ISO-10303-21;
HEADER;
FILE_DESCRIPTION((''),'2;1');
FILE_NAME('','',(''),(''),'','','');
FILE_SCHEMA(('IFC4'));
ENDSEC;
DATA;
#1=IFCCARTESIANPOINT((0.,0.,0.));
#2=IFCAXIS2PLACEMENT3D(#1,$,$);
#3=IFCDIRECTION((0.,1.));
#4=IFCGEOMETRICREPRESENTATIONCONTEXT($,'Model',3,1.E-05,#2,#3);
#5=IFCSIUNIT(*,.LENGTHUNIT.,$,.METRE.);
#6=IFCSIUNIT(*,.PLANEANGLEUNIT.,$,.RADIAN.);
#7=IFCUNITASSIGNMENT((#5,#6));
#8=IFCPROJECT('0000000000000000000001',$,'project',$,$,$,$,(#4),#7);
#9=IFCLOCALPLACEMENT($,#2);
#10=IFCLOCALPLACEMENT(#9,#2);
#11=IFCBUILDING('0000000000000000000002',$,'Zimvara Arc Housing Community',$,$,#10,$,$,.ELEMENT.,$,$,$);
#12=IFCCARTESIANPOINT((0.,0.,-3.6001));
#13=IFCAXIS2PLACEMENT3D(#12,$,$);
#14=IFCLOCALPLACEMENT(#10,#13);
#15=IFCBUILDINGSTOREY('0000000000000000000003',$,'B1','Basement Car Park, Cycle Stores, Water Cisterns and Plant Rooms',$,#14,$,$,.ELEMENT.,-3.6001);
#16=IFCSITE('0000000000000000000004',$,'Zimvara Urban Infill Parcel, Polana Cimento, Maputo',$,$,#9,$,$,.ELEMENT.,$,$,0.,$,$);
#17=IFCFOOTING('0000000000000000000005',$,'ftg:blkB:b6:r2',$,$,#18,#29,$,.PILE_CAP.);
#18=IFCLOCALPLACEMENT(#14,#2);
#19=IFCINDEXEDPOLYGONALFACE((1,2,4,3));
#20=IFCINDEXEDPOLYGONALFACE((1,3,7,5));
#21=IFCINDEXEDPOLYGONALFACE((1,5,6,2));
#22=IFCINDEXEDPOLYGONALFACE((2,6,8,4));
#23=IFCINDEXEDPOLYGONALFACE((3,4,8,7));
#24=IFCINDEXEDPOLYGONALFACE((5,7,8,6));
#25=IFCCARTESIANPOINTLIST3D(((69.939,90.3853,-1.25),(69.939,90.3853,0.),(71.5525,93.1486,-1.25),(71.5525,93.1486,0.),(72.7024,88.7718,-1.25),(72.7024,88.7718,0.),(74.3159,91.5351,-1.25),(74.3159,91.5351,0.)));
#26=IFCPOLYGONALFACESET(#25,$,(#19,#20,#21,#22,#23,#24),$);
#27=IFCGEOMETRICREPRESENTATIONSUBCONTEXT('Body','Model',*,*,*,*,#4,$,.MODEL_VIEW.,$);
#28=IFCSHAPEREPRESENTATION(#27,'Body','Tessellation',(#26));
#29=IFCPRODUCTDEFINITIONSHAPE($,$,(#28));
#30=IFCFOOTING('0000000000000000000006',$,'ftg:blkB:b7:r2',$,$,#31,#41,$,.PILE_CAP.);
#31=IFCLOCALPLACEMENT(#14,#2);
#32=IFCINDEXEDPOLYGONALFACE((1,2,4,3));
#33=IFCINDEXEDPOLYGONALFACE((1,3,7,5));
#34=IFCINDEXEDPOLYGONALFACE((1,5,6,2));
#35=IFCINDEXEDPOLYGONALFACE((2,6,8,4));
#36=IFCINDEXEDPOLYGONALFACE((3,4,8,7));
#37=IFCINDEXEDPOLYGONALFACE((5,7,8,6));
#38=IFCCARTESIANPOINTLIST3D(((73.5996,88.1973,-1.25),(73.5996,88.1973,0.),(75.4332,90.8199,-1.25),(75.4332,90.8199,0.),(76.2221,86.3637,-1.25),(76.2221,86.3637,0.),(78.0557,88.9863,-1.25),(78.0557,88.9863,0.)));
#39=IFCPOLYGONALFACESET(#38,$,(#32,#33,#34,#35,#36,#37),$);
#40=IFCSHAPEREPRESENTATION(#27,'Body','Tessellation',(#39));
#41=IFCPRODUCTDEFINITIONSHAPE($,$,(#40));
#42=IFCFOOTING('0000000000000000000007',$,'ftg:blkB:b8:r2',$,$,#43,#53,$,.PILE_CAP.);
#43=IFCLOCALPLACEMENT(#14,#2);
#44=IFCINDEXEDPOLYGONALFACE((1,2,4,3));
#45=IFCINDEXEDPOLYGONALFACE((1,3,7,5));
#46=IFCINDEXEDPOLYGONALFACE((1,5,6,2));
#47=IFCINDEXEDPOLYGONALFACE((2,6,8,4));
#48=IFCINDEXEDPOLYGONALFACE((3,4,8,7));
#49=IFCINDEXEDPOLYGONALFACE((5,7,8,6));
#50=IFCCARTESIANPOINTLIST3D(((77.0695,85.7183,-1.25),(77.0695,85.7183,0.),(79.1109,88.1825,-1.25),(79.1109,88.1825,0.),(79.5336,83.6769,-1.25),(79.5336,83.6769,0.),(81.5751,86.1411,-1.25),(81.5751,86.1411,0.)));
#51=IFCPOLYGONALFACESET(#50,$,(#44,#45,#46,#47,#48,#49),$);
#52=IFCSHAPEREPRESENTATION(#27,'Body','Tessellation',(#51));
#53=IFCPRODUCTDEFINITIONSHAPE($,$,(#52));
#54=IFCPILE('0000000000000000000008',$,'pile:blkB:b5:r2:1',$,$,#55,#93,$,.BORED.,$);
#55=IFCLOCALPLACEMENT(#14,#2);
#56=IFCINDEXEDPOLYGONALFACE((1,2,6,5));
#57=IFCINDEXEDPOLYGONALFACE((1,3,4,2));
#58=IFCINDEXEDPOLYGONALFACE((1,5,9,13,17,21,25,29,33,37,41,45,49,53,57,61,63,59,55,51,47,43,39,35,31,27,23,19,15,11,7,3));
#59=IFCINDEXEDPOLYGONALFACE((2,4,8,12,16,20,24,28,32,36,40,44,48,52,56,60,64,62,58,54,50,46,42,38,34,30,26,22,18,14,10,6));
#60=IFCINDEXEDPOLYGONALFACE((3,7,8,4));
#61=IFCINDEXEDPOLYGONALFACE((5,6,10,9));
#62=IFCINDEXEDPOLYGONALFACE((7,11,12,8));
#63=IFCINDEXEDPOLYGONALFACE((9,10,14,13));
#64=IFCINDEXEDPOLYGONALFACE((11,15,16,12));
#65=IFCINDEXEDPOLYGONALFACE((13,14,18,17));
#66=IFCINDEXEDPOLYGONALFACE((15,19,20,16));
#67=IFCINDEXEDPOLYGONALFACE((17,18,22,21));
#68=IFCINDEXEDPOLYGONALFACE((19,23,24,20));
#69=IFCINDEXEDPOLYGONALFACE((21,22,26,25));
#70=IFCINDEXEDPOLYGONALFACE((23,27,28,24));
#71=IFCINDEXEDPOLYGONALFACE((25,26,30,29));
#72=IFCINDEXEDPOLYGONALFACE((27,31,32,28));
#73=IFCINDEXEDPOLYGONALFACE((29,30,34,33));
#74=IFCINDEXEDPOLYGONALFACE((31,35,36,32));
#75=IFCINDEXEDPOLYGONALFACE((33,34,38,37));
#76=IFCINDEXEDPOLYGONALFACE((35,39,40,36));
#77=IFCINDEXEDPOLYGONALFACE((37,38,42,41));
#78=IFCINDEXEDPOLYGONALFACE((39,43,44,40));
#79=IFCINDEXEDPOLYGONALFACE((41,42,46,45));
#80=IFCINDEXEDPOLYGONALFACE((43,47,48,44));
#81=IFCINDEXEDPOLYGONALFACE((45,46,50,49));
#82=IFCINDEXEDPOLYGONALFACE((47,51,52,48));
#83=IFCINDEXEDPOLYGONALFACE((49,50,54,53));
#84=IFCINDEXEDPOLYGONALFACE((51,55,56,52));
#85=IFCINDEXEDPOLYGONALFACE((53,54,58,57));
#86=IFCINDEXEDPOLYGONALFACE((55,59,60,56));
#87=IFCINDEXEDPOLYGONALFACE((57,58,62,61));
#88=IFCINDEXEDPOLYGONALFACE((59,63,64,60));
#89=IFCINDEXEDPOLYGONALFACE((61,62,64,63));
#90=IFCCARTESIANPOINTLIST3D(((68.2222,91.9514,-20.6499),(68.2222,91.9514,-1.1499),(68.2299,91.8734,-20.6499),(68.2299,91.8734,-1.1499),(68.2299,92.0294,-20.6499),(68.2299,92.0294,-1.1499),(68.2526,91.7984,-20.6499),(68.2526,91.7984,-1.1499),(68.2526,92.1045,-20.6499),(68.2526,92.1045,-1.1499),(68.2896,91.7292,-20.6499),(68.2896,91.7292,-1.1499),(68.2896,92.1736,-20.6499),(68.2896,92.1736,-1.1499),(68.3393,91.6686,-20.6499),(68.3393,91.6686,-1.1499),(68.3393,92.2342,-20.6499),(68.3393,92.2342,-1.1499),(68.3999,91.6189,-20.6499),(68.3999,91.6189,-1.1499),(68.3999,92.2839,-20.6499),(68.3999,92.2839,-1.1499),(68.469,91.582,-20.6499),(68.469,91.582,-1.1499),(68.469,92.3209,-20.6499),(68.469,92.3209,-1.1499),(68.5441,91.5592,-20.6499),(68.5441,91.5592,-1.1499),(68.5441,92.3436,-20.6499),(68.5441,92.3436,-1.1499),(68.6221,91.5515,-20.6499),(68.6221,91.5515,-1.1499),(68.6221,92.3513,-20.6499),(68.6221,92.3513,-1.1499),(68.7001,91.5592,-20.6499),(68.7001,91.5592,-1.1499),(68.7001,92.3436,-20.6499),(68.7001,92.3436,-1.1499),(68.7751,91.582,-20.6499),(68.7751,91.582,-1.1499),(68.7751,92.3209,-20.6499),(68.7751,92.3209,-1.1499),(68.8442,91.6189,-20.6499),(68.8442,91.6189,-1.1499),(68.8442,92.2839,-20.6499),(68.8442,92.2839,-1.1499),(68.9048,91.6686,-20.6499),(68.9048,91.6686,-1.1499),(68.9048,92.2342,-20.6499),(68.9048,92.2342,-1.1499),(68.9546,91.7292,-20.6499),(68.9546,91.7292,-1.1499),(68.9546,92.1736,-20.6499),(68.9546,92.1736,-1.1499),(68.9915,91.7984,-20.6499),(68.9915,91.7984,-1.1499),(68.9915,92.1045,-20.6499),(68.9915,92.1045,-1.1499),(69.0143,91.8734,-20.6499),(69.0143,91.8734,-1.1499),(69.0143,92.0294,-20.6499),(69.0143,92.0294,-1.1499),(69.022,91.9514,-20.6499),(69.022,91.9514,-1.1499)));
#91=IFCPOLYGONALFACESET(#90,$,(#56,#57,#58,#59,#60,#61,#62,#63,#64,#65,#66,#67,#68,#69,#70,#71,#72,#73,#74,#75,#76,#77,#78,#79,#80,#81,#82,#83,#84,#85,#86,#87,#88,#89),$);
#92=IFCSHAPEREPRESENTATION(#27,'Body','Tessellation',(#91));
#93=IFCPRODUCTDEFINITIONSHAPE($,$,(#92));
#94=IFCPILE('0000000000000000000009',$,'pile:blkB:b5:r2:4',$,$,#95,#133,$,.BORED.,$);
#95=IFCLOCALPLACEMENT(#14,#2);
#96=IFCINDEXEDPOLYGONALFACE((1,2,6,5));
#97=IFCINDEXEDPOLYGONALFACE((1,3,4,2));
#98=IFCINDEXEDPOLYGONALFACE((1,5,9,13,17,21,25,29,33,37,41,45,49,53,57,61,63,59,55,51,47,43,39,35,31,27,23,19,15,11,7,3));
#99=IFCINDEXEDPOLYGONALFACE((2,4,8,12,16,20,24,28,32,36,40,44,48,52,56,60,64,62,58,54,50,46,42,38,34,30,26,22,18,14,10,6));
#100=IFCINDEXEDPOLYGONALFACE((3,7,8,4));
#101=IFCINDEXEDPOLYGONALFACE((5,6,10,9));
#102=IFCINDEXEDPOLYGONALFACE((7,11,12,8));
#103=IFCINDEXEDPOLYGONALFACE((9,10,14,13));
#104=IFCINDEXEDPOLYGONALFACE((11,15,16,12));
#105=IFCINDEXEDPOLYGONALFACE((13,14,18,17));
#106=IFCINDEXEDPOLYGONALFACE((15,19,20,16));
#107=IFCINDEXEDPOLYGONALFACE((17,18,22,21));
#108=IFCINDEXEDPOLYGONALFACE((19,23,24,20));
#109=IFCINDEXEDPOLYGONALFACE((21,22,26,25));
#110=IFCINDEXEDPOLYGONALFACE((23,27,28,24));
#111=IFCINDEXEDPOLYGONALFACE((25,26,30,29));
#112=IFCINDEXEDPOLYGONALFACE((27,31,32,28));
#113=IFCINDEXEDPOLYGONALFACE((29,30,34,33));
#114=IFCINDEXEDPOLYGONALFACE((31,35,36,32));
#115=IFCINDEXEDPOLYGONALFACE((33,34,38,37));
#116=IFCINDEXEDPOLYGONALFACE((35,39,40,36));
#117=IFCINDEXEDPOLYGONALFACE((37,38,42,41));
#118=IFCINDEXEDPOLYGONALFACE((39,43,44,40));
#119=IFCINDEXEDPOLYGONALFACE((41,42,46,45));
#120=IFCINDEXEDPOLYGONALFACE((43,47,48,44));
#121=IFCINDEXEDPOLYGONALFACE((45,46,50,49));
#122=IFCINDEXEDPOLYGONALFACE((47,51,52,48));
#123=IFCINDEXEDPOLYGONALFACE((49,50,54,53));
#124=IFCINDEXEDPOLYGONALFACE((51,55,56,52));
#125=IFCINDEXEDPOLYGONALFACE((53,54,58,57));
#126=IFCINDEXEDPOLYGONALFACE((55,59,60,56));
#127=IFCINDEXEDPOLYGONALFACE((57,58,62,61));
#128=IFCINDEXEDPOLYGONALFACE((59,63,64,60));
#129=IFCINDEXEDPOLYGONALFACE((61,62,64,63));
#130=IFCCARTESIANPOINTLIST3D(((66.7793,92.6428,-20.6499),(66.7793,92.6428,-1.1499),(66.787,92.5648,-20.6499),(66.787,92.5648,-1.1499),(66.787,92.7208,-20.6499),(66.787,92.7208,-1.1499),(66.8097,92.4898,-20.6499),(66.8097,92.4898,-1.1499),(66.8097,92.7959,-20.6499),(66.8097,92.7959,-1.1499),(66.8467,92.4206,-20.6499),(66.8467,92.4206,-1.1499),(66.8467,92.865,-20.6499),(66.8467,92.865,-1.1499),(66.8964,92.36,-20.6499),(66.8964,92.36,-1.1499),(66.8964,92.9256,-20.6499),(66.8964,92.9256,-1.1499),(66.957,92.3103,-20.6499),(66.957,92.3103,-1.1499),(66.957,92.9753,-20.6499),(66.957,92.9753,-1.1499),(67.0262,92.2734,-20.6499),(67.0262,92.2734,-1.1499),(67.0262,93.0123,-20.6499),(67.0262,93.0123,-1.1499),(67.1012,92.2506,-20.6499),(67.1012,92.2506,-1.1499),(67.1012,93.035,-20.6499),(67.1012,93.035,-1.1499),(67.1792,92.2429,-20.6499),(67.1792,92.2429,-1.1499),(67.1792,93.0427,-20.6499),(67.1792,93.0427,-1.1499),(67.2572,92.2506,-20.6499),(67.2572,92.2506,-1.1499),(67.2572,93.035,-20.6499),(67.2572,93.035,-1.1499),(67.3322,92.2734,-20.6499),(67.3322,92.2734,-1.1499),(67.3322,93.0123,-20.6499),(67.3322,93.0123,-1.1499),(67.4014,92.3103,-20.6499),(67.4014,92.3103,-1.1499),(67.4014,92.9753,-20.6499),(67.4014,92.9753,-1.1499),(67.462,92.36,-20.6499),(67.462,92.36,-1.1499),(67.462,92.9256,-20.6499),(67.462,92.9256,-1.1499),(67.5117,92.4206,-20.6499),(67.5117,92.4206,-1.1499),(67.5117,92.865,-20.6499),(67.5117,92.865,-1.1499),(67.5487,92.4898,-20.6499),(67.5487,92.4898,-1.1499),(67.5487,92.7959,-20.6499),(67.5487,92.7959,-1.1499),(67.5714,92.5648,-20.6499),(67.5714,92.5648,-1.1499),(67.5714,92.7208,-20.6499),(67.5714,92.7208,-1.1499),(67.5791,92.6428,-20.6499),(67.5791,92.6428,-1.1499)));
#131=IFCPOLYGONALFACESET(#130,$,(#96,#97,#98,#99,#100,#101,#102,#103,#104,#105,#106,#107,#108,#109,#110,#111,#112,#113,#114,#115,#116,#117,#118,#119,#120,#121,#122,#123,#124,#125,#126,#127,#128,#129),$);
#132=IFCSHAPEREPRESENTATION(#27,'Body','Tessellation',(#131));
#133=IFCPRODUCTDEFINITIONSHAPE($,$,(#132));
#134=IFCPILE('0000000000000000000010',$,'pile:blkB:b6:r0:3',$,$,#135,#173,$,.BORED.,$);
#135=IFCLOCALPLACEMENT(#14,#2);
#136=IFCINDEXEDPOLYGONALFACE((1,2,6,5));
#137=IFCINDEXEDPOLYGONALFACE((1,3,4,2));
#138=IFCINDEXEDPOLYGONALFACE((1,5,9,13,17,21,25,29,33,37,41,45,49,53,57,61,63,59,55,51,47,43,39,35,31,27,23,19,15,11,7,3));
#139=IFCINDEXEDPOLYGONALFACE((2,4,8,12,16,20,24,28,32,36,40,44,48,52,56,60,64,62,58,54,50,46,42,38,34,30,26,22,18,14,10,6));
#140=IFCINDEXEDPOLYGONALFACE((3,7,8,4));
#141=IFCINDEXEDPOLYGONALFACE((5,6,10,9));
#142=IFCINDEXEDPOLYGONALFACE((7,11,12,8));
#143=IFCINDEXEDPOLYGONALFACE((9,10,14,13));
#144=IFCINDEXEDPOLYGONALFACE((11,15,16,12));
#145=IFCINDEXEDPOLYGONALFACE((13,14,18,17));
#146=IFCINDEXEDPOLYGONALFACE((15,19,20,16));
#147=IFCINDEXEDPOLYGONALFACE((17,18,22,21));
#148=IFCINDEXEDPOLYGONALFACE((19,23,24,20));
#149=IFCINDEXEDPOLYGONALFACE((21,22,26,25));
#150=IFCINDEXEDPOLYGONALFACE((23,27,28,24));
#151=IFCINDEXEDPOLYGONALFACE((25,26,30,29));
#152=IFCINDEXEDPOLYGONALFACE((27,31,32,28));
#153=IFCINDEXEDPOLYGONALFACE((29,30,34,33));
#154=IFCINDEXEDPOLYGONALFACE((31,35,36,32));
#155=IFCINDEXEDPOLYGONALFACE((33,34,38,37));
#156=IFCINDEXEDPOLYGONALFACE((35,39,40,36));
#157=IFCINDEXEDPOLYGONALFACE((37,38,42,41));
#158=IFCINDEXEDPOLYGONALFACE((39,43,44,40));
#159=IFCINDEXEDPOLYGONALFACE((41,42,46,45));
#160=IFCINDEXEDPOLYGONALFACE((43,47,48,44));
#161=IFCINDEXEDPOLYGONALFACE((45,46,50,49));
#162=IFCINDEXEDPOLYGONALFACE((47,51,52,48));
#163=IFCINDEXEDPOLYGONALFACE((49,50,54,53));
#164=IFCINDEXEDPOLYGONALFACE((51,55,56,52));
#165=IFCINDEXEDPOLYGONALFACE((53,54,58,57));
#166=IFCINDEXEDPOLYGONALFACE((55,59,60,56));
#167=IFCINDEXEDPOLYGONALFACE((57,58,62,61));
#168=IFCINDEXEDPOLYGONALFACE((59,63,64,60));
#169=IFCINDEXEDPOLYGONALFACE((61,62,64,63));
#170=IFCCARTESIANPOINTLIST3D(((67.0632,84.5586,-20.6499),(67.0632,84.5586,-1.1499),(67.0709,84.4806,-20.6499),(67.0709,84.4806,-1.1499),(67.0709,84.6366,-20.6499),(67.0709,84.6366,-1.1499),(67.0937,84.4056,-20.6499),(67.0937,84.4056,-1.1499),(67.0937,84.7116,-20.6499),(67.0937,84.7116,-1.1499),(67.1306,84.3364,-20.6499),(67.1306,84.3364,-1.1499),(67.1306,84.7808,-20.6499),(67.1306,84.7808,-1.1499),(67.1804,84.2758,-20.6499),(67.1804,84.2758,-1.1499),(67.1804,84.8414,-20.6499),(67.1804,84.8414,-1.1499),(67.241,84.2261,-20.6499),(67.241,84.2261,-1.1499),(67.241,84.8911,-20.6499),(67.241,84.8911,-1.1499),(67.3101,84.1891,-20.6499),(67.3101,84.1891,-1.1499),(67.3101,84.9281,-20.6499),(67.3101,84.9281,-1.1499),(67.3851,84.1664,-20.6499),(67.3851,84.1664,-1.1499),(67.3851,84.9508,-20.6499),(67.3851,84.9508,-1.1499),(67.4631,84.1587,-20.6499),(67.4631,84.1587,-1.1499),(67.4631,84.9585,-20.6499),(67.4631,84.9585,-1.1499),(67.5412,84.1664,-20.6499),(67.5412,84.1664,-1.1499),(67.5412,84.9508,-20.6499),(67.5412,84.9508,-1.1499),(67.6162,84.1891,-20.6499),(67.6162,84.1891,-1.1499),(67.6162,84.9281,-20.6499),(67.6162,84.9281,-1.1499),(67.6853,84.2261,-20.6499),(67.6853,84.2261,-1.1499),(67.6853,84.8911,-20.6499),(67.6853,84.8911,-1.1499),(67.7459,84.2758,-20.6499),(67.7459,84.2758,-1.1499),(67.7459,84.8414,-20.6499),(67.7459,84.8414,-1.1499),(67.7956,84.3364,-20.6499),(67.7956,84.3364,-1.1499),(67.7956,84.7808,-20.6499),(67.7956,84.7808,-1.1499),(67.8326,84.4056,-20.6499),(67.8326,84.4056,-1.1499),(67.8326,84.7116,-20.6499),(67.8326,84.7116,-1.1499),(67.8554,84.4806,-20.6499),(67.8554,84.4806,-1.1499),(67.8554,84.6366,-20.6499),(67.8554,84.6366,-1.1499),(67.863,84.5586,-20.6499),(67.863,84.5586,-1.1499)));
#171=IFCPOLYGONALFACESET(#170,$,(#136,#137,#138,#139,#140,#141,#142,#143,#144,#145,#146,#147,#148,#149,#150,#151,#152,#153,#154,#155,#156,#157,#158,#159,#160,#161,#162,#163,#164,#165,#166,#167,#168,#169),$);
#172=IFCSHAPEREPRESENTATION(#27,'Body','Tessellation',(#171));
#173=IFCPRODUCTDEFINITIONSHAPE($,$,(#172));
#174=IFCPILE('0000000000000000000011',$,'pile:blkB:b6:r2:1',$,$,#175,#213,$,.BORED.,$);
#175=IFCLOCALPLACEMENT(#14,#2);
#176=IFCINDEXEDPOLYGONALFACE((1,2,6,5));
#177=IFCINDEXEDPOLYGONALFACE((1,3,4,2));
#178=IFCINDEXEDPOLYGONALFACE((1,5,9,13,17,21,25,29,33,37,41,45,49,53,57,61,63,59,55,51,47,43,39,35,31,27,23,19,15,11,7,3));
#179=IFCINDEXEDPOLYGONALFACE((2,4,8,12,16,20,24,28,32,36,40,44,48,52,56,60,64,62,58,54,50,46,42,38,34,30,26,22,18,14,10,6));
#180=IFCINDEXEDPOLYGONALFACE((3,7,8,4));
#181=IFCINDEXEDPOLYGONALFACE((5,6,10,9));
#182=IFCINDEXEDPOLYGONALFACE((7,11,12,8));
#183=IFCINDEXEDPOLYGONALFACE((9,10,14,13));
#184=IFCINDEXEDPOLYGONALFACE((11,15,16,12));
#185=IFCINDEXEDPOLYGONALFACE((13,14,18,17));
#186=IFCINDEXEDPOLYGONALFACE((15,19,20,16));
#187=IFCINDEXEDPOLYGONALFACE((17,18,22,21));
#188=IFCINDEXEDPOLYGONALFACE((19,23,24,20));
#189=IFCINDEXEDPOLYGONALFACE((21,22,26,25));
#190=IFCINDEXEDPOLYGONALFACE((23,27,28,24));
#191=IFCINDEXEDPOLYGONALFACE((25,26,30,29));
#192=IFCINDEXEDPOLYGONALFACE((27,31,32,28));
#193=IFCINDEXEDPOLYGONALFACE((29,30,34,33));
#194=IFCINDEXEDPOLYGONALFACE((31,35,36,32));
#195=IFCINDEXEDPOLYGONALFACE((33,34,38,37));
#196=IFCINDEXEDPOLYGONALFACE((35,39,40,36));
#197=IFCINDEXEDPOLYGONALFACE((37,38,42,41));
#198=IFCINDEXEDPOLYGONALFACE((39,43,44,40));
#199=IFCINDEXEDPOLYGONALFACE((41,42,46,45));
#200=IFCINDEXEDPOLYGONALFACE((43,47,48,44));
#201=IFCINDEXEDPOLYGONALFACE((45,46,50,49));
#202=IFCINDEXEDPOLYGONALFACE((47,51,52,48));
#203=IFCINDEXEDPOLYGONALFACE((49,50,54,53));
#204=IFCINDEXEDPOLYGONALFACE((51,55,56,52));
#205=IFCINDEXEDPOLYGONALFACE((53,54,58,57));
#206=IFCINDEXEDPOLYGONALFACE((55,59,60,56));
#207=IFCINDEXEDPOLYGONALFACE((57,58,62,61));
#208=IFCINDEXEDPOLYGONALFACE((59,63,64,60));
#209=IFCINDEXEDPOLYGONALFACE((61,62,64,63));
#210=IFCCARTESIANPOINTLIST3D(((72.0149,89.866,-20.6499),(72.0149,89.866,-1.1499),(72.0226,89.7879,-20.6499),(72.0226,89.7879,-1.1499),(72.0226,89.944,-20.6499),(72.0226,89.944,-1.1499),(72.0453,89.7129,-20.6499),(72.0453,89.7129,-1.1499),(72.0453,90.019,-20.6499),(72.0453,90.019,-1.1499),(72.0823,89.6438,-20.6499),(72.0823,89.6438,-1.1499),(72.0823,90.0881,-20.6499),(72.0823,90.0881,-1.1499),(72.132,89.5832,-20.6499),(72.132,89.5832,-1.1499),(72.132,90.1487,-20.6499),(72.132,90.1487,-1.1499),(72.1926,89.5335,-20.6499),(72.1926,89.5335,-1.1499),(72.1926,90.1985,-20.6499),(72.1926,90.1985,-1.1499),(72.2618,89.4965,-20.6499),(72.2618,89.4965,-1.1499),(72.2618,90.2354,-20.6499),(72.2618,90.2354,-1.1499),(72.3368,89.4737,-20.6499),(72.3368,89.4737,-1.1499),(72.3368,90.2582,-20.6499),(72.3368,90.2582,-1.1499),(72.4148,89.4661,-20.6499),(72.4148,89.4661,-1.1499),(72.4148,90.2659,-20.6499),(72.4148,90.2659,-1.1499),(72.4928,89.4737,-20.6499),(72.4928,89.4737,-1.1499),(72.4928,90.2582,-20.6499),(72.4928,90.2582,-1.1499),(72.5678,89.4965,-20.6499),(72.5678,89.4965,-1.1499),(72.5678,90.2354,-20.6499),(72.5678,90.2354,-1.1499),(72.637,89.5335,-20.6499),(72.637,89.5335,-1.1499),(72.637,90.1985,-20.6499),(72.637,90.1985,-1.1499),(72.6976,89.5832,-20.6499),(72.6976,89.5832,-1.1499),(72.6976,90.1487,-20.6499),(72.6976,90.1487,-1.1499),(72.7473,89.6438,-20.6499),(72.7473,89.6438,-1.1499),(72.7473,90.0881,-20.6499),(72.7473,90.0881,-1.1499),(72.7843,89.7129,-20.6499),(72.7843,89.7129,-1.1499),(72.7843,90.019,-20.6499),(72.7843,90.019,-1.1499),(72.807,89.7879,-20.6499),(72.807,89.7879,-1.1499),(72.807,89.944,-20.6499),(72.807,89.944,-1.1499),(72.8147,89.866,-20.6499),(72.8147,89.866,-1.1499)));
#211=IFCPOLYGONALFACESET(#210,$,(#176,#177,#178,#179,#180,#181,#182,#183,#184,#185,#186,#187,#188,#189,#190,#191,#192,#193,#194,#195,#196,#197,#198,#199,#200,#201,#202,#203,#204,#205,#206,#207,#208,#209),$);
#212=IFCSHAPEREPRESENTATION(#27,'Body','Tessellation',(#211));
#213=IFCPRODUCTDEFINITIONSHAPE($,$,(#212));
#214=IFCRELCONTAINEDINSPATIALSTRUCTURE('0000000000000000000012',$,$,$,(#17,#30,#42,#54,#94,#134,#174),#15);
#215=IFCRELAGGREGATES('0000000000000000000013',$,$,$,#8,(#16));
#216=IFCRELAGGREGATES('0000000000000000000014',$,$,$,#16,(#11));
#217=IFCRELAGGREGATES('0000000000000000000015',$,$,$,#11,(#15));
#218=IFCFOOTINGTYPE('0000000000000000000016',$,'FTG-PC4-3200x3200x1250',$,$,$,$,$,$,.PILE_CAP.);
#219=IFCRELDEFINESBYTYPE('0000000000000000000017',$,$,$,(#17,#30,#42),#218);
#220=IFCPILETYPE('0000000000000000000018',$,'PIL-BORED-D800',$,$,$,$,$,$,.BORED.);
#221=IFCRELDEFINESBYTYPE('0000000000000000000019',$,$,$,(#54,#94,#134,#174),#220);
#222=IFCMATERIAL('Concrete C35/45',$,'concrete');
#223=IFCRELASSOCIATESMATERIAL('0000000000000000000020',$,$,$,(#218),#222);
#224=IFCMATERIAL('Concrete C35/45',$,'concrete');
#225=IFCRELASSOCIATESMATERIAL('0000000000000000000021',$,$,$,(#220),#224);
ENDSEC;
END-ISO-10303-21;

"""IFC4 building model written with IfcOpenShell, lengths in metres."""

from ifc_helpers import new_model, si_unit, direction, frame, origin, origin_2d, place, context, subcontext, project, spatial, rectangle, circle, extrude, material, material_profile, profile_set, type_object, element, save


model = new_model("IFC4")

# Units and contexts
model_context = context("Model", 3, precision=1e-05, world=origin(), true_north=direction((0.0, 1.0)))
body_context = subcontext(model_context, "Body", "Model", "MODEL_VIEW")
ifc_project = project(units=[si_unit("LENGTHUNIT", "METRE"), si_unit("PLANEANGLEUNIT", "RADIAN")], contexts=[model_context])

# Site, building, storey
site_placement = place(None, origin())
site = spatial("IfcSite", under=ifc_project, at=site_placement, Name="Zimvara Urban Infill Parcel, Polana Cimento, Maputo", CompositionType="ELEMENT", RefElevation=0.0)
building_placement = place(site_placement, origin())
building = spatial("IfcBuilding", under=site, at=building_placement, Name="Zimvara Arc Housing Community", CompositionType="ELEMENT")
storey_placement = place(building_placement, frame((0.0, 0.0, -3.6001)))
storey = spatial("IfcBuildingStorey", under=building, at=storey_placement, Name="B1", Description="Basement Car Park, Cycle Stores, Water Cisterns and Plant Rooms", CompositionType="ELEMENT", Elevation=-3.6001)

# Footings
ifc_material_1 = material(Name="Concrete C35/45", Category="concrete")
footing_type = type_object("IfcFootingType", Name="FTG-PC4-3200x3200x1250", PredefinedType="PILE_CAP", material=ifc_material_1)
for number, where, z_axis, x_axis, name in (
    (1, (72.1274, 90.9602, -1.25), (0.0, 0.0, 1.0), (0.504226, 0.863572, 0.0), "ftg:blkB:b6:r2"),
    (2, (75.8276, 88.5918, -1.25), (0.0, 0.0, 1.0), (0.573004, 0.819552, 0.0), "ftg:blkB:b7:r2"),
    (3, (79.3223, 85.9297, -1.25), (0.0, 0.0, 1.0), (0.637962, 0.770068, 0.0), "ftg:blkB:b8:r2"),
):
    element("IfcFooting", number, at=place(storey_placement, frame(where, z_axis=z_axis, x_axis=x_axis)), inside=storey, type_object=footing_type, Name=name, PredefinedType="PILE_CAP", context=body_context, shape_type="SweptSolid", body=[
        extrude(rectangle(XDim=3.2, YDim=3.2, at=origin_2d()), origin(), (0.0, 0.0, 1.0), 1.25),
    ])

# Piles
ifc_material_2 = material(Name="Concrete C35/45", Category="concrete")
ifc_material_profile_1 = material_profile(ifc_material_2, circle(Radius=0.3999, at=origin_2d()), Name="PILE D800")
ifc_profile_set_1 = profile_set([ifc_material_profile_1], Name="Concrete C35/45")
pile_type = type_object("IfcPileType", Name="PIL-BORED-D800", PredefinedType="BORED", material=ifc_profile_set_1)
for number, where, z_axis, x_axis, name in (
    (4, (68.6221, 91.9514, -1.1499), (0.0, 0.0, -1.0), (1.0, 0.0, 0.0), "pile:blkB:b5:r2:1"),
    (5, (67.1792, 92.6428, -1.1499), (0.0, 0.0, -1.0), (1.0, 0.0, 0.0), "pile:blkB:b5:r2:4"),
    (6, (67.4631, 84.5586, -1.1499), (0.0, 0.0, -1.0), (1.0, 0.0, 0.0), "pile:blkB:b6:r0:3"),
    (7, (72.4148, 89.866, -1.1499), (0.0, 0.0, -1.0), (1.0, 0.0, 0.0), "pile:blkB:b6:r2:1"),
):
    element("IfcPile", number, at=place(storey_placement, frame(where, z_axis=z_axis, x_axis=x_axis)), inside=storey, type_object=pile_type, Name=name, PredefinedType="BORED", context=body_context, shape_type="SweptSolid", body=[
        extrude(circle(Radius=0.3999, at=origin_2d()), origin(), (0.0, 0.0, 1.0), 19.5),
    ])

save(model, "model.ifc")
